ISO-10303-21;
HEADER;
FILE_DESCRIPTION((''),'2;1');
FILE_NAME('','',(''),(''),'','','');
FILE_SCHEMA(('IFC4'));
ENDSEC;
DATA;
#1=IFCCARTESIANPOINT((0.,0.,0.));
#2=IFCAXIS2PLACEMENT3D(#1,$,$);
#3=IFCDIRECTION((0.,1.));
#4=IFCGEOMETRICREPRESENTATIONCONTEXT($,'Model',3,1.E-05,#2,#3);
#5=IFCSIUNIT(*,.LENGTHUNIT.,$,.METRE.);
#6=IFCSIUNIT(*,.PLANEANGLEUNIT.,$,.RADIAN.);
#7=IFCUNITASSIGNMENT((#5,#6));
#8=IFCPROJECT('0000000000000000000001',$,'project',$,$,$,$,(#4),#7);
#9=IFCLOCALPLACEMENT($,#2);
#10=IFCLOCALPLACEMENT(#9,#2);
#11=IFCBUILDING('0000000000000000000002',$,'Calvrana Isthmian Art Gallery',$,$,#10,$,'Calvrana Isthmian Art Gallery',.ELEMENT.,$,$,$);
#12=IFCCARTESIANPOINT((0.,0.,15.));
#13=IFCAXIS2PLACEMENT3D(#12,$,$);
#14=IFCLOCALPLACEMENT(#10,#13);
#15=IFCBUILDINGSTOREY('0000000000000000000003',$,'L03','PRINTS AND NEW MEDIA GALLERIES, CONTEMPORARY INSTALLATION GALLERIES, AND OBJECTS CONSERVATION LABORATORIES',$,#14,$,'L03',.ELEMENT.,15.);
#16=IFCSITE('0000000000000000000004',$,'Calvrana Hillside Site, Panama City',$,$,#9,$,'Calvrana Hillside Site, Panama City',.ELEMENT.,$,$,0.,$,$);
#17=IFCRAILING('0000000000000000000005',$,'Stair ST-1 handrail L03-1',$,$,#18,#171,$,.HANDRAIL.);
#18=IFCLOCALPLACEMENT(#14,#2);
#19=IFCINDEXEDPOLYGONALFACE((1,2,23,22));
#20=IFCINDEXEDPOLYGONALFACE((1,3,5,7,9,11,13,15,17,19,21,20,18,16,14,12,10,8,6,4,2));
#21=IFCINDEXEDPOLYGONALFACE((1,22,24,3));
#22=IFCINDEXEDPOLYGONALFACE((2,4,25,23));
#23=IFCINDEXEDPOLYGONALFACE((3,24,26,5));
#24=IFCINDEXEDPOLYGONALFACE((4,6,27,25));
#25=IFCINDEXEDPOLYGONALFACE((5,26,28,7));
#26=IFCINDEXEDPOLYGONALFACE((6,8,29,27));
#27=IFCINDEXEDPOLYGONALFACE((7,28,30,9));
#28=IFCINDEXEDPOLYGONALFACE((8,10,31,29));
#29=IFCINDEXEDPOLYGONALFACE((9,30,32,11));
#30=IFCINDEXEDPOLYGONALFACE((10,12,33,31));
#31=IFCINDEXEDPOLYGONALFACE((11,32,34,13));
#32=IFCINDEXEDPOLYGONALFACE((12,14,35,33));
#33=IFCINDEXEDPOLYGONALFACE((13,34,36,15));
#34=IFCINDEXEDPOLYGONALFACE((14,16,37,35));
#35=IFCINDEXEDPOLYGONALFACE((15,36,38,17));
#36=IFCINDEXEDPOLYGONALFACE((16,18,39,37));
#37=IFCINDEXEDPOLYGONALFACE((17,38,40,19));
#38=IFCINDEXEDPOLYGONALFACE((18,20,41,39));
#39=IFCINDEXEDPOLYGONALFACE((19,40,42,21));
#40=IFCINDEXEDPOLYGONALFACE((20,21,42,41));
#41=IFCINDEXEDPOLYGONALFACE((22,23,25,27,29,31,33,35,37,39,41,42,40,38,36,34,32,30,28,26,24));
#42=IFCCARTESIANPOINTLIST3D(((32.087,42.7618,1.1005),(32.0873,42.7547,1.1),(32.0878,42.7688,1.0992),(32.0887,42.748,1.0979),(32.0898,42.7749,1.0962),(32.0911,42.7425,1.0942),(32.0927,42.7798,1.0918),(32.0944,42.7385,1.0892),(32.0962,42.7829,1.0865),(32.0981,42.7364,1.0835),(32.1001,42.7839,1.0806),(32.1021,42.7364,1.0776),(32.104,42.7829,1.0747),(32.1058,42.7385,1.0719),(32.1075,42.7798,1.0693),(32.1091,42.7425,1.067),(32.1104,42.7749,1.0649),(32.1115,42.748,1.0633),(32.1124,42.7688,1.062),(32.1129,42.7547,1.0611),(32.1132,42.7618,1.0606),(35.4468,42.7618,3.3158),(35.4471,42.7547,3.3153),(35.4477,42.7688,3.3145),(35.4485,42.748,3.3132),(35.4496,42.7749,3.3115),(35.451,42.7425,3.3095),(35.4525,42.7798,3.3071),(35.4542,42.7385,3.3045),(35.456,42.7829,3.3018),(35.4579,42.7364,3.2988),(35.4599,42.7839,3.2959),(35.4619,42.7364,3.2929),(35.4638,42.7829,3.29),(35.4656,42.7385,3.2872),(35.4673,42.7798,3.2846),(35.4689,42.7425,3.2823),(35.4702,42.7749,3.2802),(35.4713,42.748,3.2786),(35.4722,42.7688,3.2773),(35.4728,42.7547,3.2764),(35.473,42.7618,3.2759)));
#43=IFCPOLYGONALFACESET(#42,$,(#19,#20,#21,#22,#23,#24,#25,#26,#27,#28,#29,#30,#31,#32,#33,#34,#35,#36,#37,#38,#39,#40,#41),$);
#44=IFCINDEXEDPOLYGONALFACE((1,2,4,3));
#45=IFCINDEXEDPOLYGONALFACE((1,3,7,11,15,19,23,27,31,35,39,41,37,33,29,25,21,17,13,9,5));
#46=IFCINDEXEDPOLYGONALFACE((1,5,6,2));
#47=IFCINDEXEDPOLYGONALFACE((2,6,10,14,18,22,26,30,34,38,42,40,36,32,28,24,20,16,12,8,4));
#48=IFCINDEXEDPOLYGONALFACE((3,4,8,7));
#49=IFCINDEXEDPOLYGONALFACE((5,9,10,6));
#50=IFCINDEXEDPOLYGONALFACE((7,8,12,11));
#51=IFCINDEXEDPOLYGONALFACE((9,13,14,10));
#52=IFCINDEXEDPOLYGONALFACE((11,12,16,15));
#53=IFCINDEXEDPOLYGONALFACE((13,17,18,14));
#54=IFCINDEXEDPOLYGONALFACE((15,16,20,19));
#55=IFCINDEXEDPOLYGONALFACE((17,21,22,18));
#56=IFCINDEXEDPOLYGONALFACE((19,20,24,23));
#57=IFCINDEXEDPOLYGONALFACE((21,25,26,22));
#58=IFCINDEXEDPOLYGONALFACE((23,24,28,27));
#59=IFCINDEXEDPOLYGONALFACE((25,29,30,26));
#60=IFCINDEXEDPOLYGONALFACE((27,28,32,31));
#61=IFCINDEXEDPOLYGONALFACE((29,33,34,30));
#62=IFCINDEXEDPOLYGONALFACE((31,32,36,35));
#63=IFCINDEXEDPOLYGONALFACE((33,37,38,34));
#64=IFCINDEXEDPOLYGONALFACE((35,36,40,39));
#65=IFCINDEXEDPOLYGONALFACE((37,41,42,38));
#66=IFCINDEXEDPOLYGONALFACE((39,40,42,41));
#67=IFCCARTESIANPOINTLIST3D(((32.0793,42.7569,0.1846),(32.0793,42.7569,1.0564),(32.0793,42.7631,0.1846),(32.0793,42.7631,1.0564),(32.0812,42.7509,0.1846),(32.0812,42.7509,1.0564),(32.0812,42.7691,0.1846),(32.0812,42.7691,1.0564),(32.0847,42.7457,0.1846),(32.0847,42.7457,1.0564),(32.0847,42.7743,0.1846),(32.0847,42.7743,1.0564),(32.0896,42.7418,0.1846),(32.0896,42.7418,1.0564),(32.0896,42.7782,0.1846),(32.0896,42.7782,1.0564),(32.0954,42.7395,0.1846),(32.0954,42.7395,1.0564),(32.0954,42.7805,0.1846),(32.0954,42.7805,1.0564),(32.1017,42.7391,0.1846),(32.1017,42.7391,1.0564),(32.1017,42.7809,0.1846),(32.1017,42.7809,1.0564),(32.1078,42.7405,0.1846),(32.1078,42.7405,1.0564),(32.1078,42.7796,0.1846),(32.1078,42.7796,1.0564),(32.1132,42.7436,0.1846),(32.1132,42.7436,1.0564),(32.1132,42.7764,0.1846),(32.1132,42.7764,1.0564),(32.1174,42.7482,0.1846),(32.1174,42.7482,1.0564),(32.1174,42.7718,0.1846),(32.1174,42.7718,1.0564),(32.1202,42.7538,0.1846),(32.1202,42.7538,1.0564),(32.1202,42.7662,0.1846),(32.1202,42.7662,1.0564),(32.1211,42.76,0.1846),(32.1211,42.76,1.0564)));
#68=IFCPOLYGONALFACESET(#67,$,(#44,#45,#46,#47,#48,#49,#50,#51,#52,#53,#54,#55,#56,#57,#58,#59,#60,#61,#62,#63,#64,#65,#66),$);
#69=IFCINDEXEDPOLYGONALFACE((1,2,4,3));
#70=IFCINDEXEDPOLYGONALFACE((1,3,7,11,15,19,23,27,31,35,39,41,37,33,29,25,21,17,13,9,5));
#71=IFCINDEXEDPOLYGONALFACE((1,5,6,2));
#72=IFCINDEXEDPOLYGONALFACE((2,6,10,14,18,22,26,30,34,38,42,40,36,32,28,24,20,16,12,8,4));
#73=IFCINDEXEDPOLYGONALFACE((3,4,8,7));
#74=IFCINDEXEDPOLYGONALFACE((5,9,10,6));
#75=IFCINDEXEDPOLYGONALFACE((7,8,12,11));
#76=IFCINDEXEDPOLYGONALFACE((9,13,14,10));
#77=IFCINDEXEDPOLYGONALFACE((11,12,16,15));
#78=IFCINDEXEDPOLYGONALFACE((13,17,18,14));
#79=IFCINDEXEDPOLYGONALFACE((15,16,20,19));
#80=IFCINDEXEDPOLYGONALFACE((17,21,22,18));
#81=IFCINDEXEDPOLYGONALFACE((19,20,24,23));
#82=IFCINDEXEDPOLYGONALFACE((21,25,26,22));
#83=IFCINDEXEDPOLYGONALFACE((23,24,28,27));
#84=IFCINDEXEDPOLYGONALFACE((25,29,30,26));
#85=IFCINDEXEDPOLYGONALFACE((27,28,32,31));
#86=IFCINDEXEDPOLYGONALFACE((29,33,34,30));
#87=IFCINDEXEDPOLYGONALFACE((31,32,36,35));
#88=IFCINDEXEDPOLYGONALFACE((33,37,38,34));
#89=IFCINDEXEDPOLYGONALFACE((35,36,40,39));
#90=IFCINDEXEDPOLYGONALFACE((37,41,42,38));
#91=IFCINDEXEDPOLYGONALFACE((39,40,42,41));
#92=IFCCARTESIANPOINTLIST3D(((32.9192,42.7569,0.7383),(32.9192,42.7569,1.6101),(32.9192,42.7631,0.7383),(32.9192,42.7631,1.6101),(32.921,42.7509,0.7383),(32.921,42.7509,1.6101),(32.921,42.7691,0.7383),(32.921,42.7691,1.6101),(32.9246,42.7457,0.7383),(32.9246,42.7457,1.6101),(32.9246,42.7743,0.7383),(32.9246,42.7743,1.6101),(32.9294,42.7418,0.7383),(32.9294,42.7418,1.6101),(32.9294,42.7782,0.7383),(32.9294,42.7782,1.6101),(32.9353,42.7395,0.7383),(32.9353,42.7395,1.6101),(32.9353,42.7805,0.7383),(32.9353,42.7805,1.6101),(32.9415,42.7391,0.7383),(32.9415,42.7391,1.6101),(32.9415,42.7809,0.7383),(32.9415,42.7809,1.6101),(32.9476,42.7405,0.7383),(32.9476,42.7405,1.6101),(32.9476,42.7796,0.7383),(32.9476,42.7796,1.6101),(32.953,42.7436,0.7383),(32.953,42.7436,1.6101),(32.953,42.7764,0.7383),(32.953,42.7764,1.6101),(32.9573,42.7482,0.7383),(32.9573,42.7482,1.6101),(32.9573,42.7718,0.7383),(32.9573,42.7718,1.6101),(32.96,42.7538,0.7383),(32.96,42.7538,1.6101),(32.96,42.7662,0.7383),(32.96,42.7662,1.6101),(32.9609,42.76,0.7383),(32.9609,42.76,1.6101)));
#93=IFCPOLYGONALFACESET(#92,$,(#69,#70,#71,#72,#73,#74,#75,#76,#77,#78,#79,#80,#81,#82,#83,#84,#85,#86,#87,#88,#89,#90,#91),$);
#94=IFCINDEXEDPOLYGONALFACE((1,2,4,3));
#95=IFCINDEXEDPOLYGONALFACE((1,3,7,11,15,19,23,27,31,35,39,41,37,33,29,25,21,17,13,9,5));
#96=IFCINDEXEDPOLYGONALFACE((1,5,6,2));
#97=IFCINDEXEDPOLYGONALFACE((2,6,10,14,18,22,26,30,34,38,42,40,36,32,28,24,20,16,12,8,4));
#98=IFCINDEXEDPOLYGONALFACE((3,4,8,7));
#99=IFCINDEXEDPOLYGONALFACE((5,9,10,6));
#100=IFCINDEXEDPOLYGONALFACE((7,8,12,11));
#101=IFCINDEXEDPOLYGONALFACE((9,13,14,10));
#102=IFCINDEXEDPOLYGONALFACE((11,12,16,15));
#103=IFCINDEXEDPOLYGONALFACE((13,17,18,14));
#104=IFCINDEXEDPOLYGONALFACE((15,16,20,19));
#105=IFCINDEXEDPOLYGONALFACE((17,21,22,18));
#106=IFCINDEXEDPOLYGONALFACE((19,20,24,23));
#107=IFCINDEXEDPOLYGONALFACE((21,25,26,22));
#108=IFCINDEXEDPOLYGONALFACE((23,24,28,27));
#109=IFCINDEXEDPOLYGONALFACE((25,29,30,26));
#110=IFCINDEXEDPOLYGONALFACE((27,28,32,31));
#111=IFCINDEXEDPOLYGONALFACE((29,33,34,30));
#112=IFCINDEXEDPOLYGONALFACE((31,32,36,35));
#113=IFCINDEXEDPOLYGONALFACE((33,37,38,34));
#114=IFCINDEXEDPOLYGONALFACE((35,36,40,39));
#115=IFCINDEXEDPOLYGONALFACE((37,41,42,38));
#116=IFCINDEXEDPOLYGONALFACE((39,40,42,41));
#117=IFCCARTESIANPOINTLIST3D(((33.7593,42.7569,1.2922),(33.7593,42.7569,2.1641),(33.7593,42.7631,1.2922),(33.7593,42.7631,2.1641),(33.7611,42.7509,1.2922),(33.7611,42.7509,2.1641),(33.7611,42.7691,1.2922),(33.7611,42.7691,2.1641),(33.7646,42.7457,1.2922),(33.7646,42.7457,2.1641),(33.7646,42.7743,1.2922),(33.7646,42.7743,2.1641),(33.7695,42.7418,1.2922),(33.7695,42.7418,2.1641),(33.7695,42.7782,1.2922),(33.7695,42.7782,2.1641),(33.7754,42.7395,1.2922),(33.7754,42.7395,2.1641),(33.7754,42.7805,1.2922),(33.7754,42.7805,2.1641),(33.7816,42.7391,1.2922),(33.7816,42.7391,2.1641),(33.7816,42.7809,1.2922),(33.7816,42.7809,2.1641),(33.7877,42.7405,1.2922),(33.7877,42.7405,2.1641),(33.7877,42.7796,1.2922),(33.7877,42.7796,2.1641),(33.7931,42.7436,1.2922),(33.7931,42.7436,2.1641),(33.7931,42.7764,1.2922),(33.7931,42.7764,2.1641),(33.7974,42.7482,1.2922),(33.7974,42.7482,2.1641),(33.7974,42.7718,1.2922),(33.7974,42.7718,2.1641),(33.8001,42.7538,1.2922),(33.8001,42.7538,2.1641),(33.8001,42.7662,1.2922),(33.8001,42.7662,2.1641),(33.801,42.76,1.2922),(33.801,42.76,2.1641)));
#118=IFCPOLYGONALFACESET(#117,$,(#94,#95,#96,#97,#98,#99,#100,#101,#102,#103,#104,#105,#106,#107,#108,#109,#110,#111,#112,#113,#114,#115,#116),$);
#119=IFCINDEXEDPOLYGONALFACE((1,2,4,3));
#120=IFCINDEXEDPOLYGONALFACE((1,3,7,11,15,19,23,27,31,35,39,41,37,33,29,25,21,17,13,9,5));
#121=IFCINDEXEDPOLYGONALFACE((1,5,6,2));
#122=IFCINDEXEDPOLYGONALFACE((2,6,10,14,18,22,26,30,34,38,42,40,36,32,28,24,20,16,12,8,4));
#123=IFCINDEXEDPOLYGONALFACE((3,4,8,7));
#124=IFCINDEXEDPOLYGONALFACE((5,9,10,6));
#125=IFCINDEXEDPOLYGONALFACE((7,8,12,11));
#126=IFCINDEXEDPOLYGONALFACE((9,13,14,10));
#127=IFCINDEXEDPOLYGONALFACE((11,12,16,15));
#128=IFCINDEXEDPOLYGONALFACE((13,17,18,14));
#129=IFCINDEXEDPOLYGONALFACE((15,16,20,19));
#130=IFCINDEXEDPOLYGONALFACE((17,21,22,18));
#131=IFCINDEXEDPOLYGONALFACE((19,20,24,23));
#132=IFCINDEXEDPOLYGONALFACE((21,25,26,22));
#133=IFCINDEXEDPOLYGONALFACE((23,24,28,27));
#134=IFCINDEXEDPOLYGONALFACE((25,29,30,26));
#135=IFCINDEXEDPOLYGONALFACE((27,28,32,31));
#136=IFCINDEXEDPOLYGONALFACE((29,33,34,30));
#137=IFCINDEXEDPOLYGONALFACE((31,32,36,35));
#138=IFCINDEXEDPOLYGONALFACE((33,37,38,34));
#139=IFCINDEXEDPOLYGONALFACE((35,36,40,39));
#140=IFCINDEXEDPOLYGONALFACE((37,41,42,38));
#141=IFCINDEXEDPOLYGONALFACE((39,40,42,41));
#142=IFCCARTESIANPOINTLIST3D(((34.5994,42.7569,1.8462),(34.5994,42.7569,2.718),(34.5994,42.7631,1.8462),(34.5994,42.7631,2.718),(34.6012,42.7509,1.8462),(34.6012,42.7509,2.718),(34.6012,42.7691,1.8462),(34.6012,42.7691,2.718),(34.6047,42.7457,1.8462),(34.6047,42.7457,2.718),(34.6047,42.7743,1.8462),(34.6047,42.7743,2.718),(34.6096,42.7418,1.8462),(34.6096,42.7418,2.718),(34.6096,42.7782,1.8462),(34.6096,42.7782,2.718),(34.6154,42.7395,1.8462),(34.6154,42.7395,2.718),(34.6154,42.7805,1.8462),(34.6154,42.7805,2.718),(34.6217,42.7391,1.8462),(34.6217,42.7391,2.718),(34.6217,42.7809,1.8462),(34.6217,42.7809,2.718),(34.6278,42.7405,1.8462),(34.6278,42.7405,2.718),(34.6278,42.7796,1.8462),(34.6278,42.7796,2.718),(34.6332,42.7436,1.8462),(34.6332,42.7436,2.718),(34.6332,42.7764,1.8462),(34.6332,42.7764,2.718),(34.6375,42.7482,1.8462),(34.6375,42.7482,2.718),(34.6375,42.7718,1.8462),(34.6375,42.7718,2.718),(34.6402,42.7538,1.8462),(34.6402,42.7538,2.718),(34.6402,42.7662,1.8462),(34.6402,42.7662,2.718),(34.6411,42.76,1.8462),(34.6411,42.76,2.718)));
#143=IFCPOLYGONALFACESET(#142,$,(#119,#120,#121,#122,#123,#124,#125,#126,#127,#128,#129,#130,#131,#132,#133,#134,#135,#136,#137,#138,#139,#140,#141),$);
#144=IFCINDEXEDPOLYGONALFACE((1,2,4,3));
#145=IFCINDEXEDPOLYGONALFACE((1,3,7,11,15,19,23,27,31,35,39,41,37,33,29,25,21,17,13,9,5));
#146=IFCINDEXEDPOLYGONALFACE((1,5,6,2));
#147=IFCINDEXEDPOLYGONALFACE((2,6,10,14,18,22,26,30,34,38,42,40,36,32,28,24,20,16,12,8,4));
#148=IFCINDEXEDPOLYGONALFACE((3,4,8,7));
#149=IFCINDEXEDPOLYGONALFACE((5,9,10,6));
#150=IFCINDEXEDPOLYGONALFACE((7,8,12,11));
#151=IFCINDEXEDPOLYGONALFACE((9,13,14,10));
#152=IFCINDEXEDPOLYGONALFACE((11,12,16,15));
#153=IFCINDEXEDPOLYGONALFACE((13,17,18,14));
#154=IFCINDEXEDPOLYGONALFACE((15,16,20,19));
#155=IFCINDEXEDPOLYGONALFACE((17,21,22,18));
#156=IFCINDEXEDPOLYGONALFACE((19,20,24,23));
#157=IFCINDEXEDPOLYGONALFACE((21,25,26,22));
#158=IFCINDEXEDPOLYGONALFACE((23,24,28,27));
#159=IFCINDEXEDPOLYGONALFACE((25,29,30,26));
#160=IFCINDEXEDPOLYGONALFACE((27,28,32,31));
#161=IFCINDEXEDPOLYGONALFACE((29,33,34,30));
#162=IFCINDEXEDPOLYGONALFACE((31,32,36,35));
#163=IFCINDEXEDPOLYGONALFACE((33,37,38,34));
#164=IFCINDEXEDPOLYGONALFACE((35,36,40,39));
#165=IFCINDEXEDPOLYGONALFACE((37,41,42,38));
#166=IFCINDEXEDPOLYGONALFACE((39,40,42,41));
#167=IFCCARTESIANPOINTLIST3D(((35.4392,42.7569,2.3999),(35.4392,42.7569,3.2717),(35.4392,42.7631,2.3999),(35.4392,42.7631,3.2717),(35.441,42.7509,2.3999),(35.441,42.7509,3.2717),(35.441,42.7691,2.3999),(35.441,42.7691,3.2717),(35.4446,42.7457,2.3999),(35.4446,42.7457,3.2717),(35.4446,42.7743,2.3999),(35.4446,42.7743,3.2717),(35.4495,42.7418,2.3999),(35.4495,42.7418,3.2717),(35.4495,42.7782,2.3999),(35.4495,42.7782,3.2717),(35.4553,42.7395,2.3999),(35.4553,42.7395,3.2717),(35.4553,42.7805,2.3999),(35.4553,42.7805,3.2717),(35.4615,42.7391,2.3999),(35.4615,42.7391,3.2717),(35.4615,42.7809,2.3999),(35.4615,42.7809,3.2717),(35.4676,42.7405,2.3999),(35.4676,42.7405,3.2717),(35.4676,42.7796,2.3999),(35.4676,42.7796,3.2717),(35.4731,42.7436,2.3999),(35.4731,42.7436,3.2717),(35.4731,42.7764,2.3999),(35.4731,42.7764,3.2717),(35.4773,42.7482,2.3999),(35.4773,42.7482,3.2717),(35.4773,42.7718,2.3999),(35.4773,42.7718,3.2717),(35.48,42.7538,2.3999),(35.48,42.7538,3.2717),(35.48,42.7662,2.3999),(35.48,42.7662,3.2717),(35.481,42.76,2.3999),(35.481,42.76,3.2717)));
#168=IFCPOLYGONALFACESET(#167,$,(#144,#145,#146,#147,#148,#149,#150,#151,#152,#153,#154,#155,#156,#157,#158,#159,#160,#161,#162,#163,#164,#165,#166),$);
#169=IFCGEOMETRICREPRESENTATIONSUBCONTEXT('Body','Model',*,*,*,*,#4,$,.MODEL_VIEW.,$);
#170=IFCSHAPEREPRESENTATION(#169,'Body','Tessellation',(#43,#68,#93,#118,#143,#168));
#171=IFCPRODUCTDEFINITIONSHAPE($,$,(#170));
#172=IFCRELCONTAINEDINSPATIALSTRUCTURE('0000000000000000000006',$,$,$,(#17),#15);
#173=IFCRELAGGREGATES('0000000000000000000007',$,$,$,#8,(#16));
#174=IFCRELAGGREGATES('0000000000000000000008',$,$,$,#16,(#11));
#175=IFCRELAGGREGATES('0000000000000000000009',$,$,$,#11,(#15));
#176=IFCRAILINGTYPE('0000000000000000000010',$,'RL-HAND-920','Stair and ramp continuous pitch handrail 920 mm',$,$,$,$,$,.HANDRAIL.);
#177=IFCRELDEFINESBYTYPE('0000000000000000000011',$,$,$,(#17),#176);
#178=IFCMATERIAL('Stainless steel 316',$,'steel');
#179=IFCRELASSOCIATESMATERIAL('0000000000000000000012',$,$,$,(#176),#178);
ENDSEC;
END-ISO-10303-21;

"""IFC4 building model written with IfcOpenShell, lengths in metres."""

from ifc_helpers import new_model, si_unit, direction, frame, origin, origin_2d, place, context, subcontext, project, spatial, circle, extrude, material, type_object, element, save


model = new_model("IFC4")

# Units and contexts
model_context = context("Model", 3, precision=1e-05, world=origin(), true_north=direction((0.0, 1.0)))
body_context = subcontext(model_context, "Body", "Model", "MODEL_VIEW")
ifc_project = project(units=[si_unit("LENGTHUNIT", "METRE"), si_unit("PLANEANGLEUNIT", "RADIAN")], contexts=[model_context])

# Site, building, storey
site_placement = place(None, origin())
site = spatial("IfcSite", under=ifc_project, at=site_placement, Name="Calvrana Hillside Site, Panama City", LongName="Calvrana Hillside Site, Panama City", CompositionType="ELEMENT", RefElevation=0.0)
building_placement = place(site_placement, origin())
building = spatial("IfcBuilding", under=site, at=building_placement, Name="Calvrana Isthmian Art Gallery", LongName="Calvrana Isthmian Art Gallery", CompositionType="ELEMENT")
storey_placement = place(building_placement, frame((0.0, 0.0, 15.0)))
storey = spatial("IfcBuildingStorey", under=building, at=storey_placement, Name="L03", Description="PRINTS AND NEW MEDIA GALLERIES, CONTEMPORARY INSTALLATION GALLERIES, AND OBJECTS CONSERVATION LABORATORIES", LongName="L03", CompositionType="ELEMENT", Elevation=15.0)

# Railing
ifc_material_1 = material(Name="Stainless steel 316", Category="steel")
railing_type_1 = type_object("IfcRailingType", Name="RL-HAND-920", Description="Stair and ramp continuous pitch handrail 920 mm", PredefinedType="HANDRAIL", material=ifc_material_1)
railing_1_placement = place(storey_placement, frame((32.1001, 42.76, 0.1846)))
element("IfcRailing", 1, at=railing_1_placement, inside=storey, type_object=railing_type_1, Name="Stair ST-1 handrail L03-1", PredefinedType="HANDRAIL", context=body_context, shape_type="SweptSolid", body=[
    extrude(circle(Radius=0.0239, at=origin_2d()), frame((0.0, 0.0, 0.896), z_axis=(0.834858, 0.0, 0.550465), x_axis=(0.0, 1.0, 0.0)), (0.0, 0.0, 1.0), 4.0244),
    extrude(circle(Radius=0.021, at=origin_2d()), origin(), (0.0, 0.0, 1.0), 0.8718),
    extrude(circle(Radius=0.021, at=origin_2d()), frame((0.8398, 0.0, 0.5537)), (0.0, 0.0, 1.0), 0.8718),
    extrude(circle(Radius=0.021, at=origin_2d()), frame((1.6799, 0.0, 1.1077)), (0.0, 0.0, 1.0), 0.8718),
    extrude(circle(Radius=0.021, at=origin_2d()), frame((2.52, 0.0, 1.6616)), (0.0, 0.0, 1.0), 0.8718),
    extrude(circle(Radius=0.021, at=origin_2d()), frame((3.3599, 0.0, 2.2153)), (0.0, 0.0, 1.0), 0.8718),
])

save(model, "model.ifc")
